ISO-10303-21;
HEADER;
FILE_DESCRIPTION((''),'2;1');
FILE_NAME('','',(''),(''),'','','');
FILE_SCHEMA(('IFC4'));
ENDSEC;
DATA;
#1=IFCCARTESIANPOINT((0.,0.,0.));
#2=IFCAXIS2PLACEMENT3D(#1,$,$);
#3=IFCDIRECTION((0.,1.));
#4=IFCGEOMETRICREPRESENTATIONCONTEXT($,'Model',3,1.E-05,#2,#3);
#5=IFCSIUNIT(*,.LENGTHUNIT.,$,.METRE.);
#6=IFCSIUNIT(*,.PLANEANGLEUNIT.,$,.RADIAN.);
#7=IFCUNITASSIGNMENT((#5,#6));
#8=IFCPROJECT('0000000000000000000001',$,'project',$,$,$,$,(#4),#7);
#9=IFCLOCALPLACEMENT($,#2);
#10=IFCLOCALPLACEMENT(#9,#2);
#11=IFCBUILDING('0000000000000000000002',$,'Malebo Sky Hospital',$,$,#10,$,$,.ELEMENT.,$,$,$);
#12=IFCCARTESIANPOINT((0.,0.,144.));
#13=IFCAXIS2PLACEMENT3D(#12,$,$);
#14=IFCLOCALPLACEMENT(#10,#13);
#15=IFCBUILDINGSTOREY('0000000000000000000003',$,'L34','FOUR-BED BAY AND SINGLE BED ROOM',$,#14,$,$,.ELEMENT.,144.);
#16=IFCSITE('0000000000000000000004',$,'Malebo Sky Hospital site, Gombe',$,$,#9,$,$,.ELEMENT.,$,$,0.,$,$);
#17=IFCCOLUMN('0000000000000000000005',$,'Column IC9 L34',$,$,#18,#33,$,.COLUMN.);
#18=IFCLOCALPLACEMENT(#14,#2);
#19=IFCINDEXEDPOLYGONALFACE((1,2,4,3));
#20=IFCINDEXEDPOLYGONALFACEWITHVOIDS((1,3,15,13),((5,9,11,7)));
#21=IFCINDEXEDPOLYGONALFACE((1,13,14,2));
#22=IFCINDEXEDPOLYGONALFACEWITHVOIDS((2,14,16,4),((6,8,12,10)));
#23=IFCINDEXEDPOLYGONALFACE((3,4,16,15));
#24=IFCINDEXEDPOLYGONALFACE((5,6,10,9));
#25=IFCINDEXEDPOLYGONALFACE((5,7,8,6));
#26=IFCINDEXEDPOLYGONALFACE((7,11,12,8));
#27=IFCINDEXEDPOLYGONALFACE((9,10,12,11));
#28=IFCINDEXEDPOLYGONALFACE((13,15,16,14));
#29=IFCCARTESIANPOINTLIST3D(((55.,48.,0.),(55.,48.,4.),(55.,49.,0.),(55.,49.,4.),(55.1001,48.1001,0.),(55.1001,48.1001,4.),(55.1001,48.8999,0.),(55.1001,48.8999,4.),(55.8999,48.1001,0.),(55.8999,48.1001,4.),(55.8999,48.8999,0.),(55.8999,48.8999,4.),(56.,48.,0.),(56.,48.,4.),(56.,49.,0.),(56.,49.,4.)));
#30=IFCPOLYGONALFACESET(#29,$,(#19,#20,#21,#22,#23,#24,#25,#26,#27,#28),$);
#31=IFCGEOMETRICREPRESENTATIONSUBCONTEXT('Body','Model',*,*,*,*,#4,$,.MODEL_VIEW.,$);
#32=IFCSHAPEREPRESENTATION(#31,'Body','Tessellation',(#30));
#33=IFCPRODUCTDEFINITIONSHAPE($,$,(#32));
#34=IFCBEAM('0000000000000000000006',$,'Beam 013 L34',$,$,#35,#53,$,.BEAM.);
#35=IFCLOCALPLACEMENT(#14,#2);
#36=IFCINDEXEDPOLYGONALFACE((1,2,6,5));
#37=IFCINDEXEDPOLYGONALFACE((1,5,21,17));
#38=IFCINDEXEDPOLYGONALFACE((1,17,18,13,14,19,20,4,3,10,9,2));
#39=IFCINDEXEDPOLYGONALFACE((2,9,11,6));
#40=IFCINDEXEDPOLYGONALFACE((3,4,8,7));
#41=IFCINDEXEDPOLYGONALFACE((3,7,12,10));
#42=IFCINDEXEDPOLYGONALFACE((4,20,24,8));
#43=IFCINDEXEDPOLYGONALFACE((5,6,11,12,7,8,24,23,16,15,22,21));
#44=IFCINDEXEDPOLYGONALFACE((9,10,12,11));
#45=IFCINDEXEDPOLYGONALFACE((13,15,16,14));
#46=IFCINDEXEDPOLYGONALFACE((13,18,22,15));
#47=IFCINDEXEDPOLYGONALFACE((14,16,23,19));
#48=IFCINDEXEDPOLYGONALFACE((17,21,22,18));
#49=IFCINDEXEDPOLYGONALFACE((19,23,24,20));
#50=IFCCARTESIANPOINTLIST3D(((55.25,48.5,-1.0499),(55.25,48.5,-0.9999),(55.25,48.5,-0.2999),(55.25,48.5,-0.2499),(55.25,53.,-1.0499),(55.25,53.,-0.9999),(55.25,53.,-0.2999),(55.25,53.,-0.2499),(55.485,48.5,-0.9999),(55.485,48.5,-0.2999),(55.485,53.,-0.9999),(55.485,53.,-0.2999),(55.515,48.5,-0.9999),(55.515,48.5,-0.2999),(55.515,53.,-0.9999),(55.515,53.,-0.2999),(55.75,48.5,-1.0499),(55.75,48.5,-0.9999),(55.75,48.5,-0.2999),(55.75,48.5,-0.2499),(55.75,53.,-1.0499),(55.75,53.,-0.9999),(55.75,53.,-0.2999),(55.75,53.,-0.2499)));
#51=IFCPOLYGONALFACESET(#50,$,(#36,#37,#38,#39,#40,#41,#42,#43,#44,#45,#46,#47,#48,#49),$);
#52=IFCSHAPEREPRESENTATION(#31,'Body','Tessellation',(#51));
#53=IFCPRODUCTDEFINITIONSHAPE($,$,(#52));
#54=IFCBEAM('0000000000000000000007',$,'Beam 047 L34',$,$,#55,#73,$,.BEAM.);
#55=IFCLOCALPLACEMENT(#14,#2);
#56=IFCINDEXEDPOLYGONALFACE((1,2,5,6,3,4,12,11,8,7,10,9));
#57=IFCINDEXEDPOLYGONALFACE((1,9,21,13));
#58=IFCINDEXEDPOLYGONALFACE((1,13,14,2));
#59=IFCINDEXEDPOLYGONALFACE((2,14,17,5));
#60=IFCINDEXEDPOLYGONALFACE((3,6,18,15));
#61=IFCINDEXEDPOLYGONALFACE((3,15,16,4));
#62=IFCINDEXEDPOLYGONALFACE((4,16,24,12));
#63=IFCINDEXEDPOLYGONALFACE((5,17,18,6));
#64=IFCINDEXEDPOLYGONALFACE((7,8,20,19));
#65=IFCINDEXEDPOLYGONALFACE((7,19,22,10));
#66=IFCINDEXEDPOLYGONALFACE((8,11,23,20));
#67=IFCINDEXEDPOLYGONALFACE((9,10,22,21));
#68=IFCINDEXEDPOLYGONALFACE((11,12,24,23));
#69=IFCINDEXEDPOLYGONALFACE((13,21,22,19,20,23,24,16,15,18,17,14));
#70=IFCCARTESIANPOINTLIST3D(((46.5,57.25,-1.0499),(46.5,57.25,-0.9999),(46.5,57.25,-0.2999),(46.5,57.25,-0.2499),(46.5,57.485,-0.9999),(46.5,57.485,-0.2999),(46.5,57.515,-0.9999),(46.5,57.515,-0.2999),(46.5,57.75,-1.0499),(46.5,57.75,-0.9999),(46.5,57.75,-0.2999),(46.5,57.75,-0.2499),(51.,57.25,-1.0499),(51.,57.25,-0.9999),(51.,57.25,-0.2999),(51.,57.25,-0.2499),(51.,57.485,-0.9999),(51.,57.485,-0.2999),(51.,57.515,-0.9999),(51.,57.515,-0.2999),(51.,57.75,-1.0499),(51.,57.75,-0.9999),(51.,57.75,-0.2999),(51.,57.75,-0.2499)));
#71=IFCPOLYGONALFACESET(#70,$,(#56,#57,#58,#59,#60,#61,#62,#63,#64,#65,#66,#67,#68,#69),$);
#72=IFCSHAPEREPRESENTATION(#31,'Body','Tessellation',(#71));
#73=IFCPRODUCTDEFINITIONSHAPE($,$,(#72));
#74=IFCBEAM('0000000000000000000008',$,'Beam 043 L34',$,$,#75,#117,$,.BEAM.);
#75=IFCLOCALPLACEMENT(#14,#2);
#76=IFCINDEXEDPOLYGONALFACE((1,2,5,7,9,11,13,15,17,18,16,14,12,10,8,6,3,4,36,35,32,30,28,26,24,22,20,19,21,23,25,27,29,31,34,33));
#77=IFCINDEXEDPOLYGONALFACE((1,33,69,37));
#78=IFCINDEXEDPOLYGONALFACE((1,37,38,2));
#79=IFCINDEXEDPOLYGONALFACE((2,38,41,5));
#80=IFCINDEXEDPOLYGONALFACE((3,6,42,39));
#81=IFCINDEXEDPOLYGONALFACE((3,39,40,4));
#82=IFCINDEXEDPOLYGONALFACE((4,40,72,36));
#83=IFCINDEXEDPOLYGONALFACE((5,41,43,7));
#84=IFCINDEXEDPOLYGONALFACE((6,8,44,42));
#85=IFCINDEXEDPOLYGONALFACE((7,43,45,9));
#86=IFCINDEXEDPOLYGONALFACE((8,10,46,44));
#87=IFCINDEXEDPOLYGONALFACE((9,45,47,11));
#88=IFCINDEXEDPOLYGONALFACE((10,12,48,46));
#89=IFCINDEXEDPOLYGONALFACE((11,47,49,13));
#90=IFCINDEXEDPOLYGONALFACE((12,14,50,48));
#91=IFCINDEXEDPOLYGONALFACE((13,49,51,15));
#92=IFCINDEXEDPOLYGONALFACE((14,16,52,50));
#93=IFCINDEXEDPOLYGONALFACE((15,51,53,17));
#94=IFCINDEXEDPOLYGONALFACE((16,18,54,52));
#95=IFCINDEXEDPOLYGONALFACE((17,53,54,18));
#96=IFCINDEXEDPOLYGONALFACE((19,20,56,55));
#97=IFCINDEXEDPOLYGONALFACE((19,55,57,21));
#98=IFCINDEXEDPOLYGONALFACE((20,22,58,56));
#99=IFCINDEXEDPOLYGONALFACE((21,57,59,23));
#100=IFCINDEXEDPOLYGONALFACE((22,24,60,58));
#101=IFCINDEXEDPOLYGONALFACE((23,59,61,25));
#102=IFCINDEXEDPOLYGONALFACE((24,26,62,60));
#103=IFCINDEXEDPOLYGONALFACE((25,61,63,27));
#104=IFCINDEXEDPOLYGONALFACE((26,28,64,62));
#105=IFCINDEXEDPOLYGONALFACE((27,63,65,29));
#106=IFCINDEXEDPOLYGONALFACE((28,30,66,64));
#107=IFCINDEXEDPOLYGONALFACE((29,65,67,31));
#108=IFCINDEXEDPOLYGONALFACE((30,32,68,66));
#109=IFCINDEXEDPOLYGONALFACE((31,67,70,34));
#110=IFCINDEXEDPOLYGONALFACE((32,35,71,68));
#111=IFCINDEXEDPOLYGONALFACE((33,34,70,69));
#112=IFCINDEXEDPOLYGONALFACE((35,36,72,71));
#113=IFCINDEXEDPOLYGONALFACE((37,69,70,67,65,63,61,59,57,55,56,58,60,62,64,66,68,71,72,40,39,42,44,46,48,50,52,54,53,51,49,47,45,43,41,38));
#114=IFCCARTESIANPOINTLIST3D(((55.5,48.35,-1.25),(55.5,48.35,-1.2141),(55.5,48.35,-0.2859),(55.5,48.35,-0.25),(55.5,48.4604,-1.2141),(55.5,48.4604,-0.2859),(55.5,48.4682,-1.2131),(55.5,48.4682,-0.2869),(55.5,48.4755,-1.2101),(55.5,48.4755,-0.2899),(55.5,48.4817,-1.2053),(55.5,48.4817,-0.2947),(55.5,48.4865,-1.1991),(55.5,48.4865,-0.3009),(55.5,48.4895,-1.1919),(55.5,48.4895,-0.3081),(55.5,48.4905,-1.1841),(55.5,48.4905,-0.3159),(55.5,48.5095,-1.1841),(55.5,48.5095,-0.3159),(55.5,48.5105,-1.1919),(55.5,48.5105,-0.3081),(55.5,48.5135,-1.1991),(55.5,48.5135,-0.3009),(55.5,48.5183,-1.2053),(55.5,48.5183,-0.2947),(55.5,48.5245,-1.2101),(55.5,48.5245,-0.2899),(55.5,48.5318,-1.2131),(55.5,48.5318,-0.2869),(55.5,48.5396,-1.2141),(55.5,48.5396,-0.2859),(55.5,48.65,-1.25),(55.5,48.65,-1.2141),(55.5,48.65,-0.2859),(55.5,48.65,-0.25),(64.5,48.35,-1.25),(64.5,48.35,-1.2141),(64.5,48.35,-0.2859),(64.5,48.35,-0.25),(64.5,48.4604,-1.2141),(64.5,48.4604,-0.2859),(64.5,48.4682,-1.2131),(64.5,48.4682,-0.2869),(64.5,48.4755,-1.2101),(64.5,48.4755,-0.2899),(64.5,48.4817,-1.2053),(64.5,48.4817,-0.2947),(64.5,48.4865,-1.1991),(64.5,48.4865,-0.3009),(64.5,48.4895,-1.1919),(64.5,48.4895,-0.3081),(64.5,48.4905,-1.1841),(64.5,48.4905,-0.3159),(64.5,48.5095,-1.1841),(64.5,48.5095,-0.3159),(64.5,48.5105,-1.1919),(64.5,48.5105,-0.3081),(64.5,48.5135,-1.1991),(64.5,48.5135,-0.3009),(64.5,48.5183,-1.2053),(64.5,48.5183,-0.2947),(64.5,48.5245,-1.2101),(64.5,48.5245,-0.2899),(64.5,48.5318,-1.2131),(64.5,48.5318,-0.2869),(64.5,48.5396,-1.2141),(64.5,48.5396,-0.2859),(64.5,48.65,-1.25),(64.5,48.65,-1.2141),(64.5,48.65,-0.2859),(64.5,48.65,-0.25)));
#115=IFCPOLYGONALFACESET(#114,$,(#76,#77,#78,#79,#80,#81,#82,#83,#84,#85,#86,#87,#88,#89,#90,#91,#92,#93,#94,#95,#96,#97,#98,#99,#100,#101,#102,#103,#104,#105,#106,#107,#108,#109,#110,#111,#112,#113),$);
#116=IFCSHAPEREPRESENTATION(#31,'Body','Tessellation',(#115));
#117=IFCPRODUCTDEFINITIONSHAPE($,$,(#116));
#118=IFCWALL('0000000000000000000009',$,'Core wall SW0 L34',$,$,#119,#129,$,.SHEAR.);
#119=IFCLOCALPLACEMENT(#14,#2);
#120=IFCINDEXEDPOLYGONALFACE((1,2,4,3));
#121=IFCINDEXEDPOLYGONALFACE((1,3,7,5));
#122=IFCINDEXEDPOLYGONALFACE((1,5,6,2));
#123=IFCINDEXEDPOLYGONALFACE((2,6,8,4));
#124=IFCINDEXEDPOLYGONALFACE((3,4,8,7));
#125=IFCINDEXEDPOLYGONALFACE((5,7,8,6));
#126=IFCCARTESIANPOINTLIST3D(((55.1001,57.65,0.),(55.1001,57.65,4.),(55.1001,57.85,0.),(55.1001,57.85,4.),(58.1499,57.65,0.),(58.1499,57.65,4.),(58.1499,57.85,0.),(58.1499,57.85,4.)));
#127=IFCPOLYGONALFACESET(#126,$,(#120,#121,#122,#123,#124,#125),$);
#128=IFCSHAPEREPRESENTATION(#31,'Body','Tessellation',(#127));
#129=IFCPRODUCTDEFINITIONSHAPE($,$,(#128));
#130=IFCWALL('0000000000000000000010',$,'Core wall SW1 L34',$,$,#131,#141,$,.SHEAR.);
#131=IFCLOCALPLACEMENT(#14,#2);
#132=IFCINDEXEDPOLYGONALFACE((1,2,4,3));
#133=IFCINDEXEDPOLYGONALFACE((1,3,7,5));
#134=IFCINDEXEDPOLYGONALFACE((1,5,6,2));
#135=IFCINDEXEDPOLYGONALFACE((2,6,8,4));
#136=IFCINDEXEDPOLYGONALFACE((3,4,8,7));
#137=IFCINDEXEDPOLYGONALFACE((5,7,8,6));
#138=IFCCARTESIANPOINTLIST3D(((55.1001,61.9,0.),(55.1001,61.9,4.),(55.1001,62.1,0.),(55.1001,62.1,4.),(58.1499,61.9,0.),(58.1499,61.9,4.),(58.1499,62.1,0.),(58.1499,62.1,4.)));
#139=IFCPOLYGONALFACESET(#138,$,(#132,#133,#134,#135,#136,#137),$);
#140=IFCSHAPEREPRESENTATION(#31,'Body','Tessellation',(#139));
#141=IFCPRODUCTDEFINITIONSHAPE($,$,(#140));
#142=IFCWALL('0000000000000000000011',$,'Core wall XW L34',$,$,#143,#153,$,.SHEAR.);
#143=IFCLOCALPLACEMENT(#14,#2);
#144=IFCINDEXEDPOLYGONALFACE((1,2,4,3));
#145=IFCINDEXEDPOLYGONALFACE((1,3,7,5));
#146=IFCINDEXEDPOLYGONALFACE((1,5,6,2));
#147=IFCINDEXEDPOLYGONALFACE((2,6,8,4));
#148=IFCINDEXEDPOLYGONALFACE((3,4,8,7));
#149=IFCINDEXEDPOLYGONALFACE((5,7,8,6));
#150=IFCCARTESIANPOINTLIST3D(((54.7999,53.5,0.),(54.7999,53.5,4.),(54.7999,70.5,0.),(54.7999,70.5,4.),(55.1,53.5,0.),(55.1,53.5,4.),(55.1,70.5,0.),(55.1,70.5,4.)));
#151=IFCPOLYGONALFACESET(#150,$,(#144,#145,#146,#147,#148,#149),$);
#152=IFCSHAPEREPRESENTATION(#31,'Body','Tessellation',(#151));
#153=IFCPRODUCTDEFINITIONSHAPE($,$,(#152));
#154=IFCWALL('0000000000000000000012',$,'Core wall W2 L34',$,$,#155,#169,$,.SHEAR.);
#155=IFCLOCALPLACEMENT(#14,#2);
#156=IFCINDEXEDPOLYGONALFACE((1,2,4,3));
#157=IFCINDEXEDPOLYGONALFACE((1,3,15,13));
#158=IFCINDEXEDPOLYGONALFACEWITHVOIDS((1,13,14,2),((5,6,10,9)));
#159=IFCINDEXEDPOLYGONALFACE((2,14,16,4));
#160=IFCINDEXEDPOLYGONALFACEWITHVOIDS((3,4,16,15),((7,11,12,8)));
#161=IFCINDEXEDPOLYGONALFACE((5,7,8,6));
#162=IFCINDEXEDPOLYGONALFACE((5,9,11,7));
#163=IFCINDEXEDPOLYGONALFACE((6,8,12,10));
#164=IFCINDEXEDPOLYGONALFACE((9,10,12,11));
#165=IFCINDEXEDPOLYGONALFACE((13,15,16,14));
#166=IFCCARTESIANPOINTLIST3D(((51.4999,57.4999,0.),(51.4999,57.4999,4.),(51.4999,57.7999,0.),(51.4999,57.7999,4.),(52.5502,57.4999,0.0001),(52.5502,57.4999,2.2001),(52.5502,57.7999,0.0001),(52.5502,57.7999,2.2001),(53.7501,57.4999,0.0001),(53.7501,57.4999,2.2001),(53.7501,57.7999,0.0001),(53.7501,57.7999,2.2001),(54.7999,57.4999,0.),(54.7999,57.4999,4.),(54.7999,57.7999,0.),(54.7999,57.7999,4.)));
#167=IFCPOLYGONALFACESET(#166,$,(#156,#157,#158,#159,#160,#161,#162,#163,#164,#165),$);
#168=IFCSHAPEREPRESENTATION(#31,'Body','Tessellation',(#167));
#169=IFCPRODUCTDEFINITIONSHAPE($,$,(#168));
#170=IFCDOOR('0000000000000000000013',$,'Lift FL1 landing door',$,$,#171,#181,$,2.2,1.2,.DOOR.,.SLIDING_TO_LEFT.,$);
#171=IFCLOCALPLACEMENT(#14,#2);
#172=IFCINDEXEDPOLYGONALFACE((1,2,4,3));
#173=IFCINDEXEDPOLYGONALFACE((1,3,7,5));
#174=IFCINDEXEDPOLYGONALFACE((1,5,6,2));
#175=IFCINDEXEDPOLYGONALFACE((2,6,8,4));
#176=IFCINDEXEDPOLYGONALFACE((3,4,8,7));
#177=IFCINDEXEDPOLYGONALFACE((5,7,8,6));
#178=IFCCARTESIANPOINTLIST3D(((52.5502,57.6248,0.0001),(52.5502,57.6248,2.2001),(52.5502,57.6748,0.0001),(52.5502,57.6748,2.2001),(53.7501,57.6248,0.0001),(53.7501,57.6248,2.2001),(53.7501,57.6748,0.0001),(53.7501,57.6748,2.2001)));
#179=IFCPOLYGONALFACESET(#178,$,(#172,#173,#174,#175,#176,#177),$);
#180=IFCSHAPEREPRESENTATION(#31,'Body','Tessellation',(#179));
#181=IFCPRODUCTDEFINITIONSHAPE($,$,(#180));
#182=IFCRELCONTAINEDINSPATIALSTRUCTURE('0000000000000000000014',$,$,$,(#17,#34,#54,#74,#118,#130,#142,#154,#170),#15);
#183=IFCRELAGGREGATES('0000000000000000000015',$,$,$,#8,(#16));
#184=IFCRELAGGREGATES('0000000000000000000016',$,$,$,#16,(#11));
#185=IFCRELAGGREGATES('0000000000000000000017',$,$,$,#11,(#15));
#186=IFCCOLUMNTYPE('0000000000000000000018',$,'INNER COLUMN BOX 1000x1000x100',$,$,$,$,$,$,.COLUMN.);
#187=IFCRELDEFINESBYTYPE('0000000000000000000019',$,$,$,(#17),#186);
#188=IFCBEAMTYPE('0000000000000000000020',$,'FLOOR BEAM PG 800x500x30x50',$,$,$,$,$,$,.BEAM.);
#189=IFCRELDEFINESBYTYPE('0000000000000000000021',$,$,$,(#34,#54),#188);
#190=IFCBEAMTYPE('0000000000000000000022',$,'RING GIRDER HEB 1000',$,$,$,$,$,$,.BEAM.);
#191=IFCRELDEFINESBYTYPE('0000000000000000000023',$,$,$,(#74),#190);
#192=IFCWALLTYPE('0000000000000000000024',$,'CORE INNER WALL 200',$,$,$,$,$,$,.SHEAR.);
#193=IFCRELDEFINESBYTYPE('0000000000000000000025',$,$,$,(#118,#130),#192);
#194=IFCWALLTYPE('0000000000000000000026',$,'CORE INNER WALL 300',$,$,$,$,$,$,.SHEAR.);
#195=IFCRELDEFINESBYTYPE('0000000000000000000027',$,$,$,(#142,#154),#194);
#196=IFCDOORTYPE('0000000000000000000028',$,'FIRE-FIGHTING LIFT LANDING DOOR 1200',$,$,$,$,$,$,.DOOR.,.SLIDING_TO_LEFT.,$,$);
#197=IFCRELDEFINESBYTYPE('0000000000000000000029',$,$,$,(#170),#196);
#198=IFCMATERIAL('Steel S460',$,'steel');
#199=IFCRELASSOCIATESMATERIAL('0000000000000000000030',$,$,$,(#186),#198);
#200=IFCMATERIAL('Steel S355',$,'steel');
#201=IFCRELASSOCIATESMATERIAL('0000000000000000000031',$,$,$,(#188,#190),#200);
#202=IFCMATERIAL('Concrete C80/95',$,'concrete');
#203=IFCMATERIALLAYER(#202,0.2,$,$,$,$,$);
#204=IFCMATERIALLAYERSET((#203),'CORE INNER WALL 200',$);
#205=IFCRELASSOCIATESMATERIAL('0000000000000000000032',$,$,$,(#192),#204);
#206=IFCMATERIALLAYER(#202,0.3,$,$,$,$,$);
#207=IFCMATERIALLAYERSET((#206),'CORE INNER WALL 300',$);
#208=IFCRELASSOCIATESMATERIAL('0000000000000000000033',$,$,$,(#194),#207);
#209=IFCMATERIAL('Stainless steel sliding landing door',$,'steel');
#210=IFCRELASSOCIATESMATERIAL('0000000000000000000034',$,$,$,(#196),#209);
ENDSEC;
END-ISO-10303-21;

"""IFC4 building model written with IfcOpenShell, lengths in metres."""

from ifc_helpers import new_model, si_unit, direction, frame, frame_2d, origin, origin_2d, place, context, subcontext, project, spatial, rectangle, hollow_rectangle, i_section, extrude, material, layer, layer_set, material_profile, profile_set, type_object, element, fill, save


model = new_model("IFC4")

# Units and contexts
model_context = context("Model", 3, precision=1e-05, world=origin(), true_north=direction((0.0, 1.0)))
body_context = subcontext(model_context, "Body", "Model", "MODEL_VIEW")
ifc_project = project(units=[si_unit("LENGTHUNIT", "METRE"), si_unit("PLANEANGLEUNIT", "RADIAN")], contexts=[model_context])

# Site, building, storey
site_placement = place(None, origin())
site = spatial("IfcSite", under=ifc_project, at=site_placement, Name="Malebo Sky Hospital site, Gombe", CompositionType="ELEMENT", RefElevation=0.0)
building_placement = place(site_placement, origin())
building = spatial("IfcBuilding", under=site, at=building_placement, Name="Malebo Sky Hospital", CompositionType="ELEMENT")
storey_placement = place(building_placement, frame((0.0, 0.0, 144.0)))
storey = spatial("IfcBuildingStorey", under=building, at=storey_placement, Name="L34", Description="FOUR-BED BAY AND SINGLE BED ROOM", CompositionType="ELEMENT", Elevation=144.0)

# Column
ifc_material_1 = material(Name="Steel S460", Category="steel")
ifc_material_profile_1 = material_profile(ifc_material_1, hollow_rectangle(XDim=1.0, YDim=1.0, WallThickness=0.1001, at=origin_2d()), Name="BOX 1000x1000x100")
ifc_profile_set_1 = profile_set([ifc_material_profile_1], Name="Steel S460")
column_type = type_object("IfcColumnType", Name="INNER COLUMN BOX 1000x1000x100", PredefinedType="COLUMN", material=ifc_profile_set_1)
column_placement = place(storey_placement, frame((55.5, 48.5, 0.0), z_axis=(0.0, 0.0, 1.0), x_axis=(1.0, 0.0, 0.0)))
element("IfcColumn", 1, at=column_placement, inside=storey, type_object=column_type, Name="Column IC9 L34", PredefinedType="COLUMN", context=body_context, shape_type="SweptSolid", body=[
    extrude(hollow_rectangle(XDim=1.0, YDim=1.0, WallThickness=0.1001, at=origin_2d()), origin(), (0.0, 0.0, 1.0), 4.0),
])

# Beams
ifc_material_2 = material(Name="Steel S355", Category="steel")
ifc_material_profile_2 = material_profile(ifc_material_2, i_section(OverallWidth=0.5, OverallDepth=0.8, WebThickness=0.03, FlangeThickness=0.05, at=origin_2d()), Name="PG 800x500x30x50")
ifc_profile_set_2 = profile_set([ifc_material_profile_2], Name="Steel S355")
beam_type_1 = type_object("IfcBeamType", Name="FLOOR BEAM PG 800x500x30x50", PredefinedType="BEAM", material=ifc_profile_set_2)
for number, where, z_axis, x_axis, name in (
    (2, (55.5, 48.5, -0.6499), (0.0, 1.0, 0.0), (-1.0, 0.0, 0.0), "Beam 013 L34"),
    (3, (46.5, 57.5, -0.6499), (1.0, 0.0, 0.0), (0.0, 1.0, 0.0), "Beam 047 L34"),
):
    element("IfcBeam", number, at=place(storey_placement, frame(where, z_axis=z_axis, x_axis=x_axis)), inside=storey, type_object=beam_type_1, Name=name, PredefinedType="BEAM", context=body_context, shape_type="SweptSolid", body=[
        extrude(i_section(OverallWidth=0.5, OverallDepth=0.8, WebThickness=0.03, FlangeThickness=0.05, at=origin_2d()), origin(), (0.0, 0.0, 1.0), 4.5),
    ])
ifc_material_profile_3 = material_profile(ifc_material_2, i_section(OverallWidth=0.3, OverallDepth=1.0, WebThickness=0.019, FlangeThickness=0.0359, FilletRadius=0.03, at=origin_2d()), Name="HEB 1000")
ifc_profile_set_3 = profile_set([ifc_material_profile_3], Name="Steel S355")
beam_type_2 = type_object("IfcBeamType", Name="RING GIRDER HEB 1000", PredefinedType="BEAM", material=ifc_profile_set_3)
beam_placement = place(storey_placement, frame((55.5, 48.5, -0.75), z_axis=(1.0, 0.0, 0.0), x_axis=(0.0, 1.0, 0.0)))
element("IfcBeam", 4, at=beam_placement, inside=storey, type_object=beam_type_2, Name="Beam 043 L34", PredefinedType="BEAM", context=body_context, shape_type="SweptSolid", body=[
    extrude(i_section(OverallWidth=0.3, OverallDepth=1.0, WebThickness=0.019, FlangeThickness=0.0359, FilletRadius=0.03, at=origin_2d()), origin(), (0.0, 0.0, 1.0), 9.0),
])

# Walls
ifc_material_3 = material(Name="Concrete C80/95", Category="concrete")
ifc_layer_1 = layer(ifc_material_3, 0.2)
ifc_layer_set_1 = layer_set([ifc_layer_1], Name="CORE INNER WALL 200")
wall_type_1 = type_object("IfcWallType", Name="CORE INNER WALL 200", PredefinedType="SHEAR", material=ifc_layer_set_1)
for number, where, z_axis, x_axis, name in (
    (5, (55.1001, 57.75, 0.0), (0.0, 0.0, 1.0), (1.0, 0.0, 0.0), "Core wall SW0 L34"),
    (6, (55.1001, 62.0, 0.0), (0.0, 0.0, 1.0), (1.0, 0.0, 0.0), "Core wall SW1 L34"),
):
    element("IfcWall", number, at=place(storey_placement, frame(where, z_axis=z_axis, x_axis=x_axis)), inside=storey, type_object=wall_type_1, Name=name, PredefinedType="SHEAR", context=body_context, shape_type="SweptSolid", body=[
        extrude(rectangle(XDim=3.0498, YDim=0.2, at=frame_2d((1.5249, 0.0))), origin(), (0.0, 0.0, 1.0), 4.0),
    ])
ifc_layer_2 = layer(ifc_material_3, 0.3)
ifc_layer_set_2 = layer_set([ifc_layer_2], Name="CORE INNER WALL 300")
wall_type_2 = type_object("IfcWallType", Name="CORE INNER WALL 300", PredefinedType="SHEAR", material=ifc_layer_set_2)
wall_1_placement = place(storey_placement, frame((54.95, 53.5, 0.0), z_axis=(0.0, 0.0, 1.0), x_axis=(0.0, 1.0, 0.0)))
element("IfcWall", 7, at=wall_1_placement, inside=storey, type_object=wall_type_2, Name="Core wall XW L34", PredefinedType="SHEAR", context=body_context, shape_type="SweptSolid", body=[
    extrude(rectangle(XDim=17.0, YDim=0.3, at=frame_2d((8.5, 0.0))), origin(), (0.0, 0.0, 1.0), 4.0),
])

# Wall, opening, door
wall_2_placement = place(storey_placement, frame((51.5, 57.6499, 0.0), z_axis=(0.0, 0.0, 1.0), x_axis=(1.0, 0.0, 0.0)))
wall_2 = element("IfcWall", 8, at=wall_2_placement, inside=storey, type_object=wall_type_2, Name="Core wall W2 L34", PredefinedType="SHEAR", context=body_context, shape_type="SweptSolid", body=[
    extrude(rectangle(XDim=3.3, YDim=0.3, at=frame_2d((1.6499, 0.0))), origin(), (0.0, 0.0, 1.0), 4.0),
])
opening_1_placement = place(wall_2_placement, frame((1.05, 0.0, 0.0)))
opening_1 = element("IfcOpeningElement", 9, at=opening_1_placement, cuts=wall_2, PredefinedType="OPENING", context=body_context, shape_type="SweptSolid", body=[
    extrude(rectangle(XDim=1.2, YDim=2.2, at=frame_2d((0.6001, 1.1001))), frame((0.0, 0.1599, 0.0), z_axis=(0.0, -1.0, 0.0), x_axis=(1.0, 0.0, 0.0)), (0.0, 0.0, 1.0), 0.3201),
])
ifc_material_4 = material(Name="Stainless steel sliding landing door", Category="steel")
door_type_1 = type_object("IfcDoorType", Name="FIRE-FIGHTING LIFT LANDING DOOR 1200", OperationType="SLIDING_TO_LEFT", PredefinedType="DOOR", material=ifc_material_4)
door_1_placement = place(opening_1_placement, origin())
door_1 = element("IfcDoor", 10, at=door_1_placement, inside=storey, type_object=door_type_1, Name="Lift FL1 landing door", OperationType="SLIDING_TO_LEFT", OverallHeight=2.2, OverallWidth=1.2, PredefinedType="DOOR", context=body_context, shape_type="SweptSolid", body=[
    extrude(rectangle(XDim=1.2, YDim=2.2, at=frame_2d((0.6001, 1.1001))), frame((0.0, 0.0249, 0.0), z_axis=(0.0, -1.0, 0.0), x_axis=(1.0, 0.0, 0.0)), (0.0, 0.0, 1.0), 0.05),
])
fill(opening_1, door_1)

save(model, "model.ifc")
